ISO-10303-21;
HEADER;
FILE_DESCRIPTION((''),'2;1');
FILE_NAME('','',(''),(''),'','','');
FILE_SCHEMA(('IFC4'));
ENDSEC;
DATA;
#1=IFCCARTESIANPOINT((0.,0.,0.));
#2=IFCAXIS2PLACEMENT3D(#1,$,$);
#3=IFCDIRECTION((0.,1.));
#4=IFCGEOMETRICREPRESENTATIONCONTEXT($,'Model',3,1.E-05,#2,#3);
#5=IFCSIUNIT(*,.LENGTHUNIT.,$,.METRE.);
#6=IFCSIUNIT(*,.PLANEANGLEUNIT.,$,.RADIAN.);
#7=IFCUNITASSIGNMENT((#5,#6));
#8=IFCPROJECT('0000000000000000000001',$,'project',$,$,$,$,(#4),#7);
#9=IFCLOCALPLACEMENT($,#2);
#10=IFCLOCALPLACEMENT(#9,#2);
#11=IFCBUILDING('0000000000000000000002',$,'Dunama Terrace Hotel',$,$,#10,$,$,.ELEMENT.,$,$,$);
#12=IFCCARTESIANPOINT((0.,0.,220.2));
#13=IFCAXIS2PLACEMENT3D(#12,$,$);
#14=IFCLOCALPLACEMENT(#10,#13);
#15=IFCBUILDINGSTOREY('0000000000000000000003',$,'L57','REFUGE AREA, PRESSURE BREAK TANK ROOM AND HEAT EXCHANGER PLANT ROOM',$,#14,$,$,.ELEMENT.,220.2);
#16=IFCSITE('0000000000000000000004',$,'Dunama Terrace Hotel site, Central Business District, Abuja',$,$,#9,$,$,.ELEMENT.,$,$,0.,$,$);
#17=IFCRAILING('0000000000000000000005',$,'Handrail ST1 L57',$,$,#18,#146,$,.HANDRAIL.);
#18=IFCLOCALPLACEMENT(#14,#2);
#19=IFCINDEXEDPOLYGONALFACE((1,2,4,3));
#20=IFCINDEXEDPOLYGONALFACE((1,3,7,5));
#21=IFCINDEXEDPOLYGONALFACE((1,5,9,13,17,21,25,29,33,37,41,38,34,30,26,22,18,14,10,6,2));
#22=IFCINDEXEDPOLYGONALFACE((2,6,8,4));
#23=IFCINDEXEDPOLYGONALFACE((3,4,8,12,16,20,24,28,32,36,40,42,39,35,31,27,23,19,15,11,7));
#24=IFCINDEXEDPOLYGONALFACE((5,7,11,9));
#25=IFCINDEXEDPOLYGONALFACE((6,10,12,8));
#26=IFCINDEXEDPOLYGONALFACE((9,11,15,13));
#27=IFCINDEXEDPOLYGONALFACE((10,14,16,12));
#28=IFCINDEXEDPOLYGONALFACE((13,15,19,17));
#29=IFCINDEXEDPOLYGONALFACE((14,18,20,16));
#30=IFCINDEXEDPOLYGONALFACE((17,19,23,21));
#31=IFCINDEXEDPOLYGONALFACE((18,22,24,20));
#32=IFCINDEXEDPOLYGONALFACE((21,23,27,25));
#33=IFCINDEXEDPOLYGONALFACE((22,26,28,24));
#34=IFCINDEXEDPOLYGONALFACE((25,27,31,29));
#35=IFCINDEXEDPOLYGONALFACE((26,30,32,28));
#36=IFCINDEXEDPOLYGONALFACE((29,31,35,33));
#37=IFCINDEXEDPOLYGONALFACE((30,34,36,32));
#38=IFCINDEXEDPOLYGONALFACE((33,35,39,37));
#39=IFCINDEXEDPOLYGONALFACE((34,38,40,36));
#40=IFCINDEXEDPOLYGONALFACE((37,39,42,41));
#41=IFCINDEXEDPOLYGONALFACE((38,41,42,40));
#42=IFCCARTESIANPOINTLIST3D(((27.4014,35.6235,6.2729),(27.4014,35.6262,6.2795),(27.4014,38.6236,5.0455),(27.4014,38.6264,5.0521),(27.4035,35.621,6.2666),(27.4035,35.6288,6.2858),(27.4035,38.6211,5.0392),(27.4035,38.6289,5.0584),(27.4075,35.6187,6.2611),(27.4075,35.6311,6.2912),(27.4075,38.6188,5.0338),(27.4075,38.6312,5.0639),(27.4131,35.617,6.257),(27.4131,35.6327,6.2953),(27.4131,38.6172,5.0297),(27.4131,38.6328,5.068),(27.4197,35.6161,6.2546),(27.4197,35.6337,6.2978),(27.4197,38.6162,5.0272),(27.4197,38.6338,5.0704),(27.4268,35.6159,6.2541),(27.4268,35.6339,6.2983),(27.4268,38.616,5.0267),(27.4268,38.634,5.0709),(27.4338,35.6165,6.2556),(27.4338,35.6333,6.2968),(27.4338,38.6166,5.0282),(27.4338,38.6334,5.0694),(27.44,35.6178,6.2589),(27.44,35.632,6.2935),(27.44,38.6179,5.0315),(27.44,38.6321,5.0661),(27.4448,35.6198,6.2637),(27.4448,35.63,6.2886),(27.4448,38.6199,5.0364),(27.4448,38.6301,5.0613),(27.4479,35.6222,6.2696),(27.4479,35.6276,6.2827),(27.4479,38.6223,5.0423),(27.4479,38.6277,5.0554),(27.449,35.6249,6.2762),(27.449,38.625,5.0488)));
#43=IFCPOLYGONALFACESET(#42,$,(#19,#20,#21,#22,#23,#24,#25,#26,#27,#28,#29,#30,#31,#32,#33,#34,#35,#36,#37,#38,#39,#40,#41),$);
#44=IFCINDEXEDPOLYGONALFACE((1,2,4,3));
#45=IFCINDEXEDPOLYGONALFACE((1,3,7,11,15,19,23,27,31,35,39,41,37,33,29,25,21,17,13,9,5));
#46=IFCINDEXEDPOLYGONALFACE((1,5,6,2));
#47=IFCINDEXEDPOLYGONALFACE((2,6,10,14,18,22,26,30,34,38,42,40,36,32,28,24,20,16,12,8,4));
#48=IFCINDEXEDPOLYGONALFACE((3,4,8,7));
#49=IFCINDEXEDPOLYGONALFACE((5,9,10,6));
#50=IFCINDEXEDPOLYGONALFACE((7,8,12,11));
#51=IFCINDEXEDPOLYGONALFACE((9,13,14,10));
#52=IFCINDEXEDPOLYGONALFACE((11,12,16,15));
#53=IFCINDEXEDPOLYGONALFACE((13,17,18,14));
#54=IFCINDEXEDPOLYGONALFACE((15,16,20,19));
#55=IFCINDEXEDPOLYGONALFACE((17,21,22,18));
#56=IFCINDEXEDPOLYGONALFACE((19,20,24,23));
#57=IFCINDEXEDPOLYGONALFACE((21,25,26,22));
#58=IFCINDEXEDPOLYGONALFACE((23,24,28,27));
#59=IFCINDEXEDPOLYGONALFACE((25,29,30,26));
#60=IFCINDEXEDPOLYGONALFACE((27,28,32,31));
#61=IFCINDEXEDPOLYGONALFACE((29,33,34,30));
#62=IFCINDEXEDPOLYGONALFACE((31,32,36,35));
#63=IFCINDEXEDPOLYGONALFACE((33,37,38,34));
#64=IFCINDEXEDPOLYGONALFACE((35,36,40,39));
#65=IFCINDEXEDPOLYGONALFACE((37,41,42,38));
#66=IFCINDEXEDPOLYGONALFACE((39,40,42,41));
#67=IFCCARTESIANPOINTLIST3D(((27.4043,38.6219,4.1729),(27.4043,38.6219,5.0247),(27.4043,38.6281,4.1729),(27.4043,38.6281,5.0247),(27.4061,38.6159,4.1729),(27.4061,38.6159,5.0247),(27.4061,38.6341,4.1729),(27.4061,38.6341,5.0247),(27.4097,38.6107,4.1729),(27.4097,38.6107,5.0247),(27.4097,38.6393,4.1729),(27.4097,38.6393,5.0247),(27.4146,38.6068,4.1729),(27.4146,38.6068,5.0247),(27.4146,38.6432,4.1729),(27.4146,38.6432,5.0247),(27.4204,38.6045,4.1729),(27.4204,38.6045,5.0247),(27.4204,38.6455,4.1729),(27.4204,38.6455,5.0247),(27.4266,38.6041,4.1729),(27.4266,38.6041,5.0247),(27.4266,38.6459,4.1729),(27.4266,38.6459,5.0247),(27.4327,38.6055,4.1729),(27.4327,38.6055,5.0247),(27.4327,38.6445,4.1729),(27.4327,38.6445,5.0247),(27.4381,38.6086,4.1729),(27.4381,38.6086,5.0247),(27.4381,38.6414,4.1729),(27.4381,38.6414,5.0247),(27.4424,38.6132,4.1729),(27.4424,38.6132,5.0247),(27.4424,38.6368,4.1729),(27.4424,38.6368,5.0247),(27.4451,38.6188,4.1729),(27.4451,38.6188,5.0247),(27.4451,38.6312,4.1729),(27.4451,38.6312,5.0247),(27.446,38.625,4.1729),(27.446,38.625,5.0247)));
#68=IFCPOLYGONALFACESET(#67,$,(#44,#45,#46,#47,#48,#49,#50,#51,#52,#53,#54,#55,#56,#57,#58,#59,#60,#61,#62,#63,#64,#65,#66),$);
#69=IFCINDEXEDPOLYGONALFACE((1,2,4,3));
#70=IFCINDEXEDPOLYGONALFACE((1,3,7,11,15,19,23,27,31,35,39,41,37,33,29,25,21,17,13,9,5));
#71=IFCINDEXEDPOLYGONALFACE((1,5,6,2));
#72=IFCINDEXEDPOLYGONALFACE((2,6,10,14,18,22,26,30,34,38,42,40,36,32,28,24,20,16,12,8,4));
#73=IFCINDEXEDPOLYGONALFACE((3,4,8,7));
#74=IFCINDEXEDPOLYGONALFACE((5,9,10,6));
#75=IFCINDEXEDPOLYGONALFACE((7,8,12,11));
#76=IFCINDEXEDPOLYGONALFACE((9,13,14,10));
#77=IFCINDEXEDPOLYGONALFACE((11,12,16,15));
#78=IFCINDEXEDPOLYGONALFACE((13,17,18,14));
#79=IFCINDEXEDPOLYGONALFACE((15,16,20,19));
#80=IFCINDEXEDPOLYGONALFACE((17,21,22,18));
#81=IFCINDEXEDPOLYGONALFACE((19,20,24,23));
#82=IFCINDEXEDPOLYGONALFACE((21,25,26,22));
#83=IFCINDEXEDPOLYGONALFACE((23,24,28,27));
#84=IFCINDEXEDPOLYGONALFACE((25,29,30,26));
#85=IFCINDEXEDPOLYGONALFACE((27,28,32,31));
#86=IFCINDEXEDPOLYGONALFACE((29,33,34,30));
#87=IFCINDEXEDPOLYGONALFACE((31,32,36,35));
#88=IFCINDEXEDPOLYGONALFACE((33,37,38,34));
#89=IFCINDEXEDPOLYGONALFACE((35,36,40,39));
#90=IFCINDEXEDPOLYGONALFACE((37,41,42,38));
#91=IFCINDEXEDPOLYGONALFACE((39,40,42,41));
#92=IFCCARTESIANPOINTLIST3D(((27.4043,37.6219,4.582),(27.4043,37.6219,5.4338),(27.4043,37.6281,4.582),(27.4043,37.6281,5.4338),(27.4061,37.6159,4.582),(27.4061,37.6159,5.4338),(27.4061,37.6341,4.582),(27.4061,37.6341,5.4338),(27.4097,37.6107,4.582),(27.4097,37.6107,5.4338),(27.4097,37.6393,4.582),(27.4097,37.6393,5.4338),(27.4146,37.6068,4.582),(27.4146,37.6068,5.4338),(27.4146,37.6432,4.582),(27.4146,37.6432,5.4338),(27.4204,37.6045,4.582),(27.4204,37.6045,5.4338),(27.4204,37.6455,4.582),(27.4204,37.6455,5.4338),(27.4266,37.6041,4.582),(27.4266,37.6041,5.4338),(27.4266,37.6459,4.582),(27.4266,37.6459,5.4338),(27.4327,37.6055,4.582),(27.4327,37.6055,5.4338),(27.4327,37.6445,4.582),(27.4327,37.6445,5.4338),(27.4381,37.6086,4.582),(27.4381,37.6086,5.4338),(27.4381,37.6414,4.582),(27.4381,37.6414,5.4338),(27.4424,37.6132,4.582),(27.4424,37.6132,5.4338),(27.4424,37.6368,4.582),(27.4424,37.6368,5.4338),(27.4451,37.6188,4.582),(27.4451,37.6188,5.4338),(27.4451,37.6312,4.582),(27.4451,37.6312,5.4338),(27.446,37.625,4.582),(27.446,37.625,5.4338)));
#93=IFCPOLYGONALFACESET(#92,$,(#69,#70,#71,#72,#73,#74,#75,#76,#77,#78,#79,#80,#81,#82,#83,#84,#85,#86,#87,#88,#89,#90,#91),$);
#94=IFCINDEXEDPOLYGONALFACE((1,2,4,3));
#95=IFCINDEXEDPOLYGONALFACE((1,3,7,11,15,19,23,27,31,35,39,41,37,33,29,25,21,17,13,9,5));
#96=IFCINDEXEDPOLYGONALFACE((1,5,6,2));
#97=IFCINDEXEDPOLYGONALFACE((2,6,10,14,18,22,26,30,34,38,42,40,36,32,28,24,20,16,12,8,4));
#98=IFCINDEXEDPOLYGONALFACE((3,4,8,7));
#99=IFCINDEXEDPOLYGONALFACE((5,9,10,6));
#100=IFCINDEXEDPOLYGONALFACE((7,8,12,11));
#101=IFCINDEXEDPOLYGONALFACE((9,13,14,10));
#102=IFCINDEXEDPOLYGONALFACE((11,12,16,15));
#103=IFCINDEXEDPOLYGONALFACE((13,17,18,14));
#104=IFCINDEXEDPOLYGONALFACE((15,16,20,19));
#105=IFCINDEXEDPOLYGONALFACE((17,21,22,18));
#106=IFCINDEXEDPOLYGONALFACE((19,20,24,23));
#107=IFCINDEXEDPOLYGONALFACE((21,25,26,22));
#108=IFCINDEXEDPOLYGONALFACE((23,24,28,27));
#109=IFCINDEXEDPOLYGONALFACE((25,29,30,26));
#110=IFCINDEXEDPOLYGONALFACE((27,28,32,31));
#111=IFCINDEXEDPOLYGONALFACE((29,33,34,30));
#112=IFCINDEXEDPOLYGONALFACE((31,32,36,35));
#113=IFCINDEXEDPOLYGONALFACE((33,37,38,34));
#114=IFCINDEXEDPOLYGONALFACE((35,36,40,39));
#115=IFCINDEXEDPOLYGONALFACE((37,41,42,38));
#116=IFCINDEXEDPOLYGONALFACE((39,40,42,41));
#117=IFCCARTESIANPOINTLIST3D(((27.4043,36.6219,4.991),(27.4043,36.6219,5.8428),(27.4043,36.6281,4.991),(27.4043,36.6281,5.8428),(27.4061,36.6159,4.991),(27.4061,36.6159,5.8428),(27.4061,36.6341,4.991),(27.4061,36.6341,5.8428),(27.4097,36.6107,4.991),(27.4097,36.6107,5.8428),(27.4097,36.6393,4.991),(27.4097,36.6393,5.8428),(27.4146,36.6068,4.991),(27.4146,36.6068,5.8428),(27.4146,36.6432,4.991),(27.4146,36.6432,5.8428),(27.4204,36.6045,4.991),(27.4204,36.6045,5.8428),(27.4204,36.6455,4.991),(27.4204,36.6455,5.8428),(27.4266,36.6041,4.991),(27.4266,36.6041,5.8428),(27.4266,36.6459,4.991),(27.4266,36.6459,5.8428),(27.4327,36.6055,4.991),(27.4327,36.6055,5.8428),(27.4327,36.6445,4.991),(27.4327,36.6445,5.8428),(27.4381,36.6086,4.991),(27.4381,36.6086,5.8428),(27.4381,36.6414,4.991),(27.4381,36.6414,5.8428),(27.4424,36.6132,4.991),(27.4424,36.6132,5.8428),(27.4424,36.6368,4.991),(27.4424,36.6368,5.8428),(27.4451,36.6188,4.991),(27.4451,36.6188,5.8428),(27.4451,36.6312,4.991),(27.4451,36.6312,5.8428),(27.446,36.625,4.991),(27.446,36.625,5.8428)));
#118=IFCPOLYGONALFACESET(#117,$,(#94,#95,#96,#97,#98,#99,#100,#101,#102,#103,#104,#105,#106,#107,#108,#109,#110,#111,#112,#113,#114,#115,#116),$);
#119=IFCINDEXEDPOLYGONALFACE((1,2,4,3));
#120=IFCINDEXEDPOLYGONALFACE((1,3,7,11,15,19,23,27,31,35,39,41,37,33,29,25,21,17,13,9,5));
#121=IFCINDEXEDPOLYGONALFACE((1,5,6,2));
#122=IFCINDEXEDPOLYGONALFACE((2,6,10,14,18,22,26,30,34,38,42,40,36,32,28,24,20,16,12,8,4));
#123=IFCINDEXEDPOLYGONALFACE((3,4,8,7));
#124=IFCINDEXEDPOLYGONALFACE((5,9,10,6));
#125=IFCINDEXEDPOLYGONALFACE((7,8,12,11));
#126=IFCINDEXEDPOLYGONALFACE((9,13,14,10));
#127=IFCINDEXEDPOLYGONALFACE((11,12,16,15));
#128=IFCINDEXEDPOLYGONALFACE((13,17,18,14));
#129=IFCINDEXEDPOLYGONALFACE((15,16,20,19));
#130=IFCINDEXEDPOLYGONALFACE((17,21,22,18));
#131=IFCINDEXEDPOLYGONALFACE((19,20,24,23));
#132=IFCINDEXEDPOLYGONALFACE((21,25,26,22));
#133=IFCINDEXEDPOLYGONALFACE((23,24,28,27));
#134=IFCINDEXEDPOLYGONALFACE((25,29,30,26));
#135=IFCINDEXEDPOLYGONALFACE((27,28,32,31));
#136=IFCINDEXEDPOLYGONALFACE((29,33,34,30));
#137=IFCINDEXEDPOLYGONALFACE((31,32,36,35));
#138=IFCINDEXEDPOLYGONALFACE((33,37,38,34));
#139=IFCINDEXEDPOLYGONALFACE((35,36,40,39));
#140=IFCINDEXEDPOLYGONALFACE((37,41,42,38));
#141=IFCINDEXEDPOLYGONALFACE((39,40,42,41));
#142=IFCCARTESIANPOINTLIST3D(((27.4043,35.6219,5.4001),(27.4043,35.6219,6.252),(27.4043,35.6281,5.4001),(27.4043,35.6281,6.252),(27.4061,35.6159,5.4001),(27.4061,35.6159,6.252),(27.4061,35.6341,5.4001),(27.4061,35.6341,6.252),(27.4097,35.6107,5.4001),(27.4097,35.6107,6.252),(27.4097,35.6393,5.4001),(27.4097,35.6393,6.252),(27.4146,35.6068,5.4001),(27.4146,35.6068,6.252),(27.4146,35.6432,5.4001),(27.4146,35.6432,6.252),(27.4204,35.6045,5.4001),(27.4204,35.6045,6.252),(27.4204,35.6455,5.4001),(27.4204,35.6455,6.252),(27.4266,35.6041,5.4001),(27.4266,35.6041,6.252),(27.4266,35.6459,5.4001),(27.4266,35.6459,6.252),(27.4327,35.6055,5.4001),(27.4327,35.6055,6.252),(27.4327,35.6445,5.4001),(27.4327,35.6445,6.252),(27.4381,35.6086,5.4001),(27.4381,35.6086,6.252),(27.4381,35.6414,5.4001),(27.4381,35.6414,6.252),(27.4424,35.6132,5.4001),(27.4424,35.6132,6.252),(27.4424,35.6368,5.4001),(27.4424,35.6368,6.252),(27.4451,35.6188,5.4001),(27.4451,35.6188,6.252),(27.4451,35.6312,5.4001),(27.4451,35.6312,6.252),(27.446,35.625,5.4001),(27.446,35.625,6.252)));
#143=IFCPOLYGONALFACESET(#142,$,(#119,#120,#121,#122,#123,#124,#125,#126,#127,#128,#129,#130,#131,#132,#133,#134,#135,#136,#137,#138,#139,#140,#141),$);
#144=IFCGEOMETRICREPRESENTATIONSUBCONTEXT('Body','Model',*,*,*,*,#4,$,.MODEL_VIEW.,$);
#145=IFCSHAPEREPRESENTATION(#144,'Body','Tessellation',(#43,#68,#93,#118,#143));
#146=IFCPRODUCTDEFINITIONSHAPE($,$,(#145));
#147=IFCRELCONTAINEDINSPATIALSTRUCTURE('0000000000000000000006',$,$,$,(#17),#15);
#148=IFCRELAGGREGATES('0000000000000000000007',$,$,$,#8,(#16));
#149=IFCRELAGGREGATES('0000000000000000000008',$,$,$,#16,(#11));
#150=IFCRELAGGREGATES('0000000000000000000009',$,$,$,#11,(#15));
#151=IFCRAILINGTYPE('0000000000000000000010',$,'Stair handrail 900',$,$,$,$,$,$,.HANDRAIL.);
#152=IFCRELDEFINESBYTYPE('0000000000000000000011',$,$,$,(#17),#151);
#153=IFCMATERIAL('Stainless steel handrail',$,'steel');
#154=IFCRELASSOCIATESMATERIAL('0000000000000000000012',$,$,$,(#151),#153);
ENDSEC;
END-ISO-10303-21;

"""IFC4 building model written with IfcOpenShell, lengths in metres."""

from ifc_helpers import new_model, si_unit, direction, frame, origin, origin_2d, place, context, subcontext, project, spatial, circle, extrude, material, type_object, element, save


model = new_model("IFC4")

# Units and contexts
model_context = context("Model", 3, precision=1e-05, world=origin(), true_north=direction((0.0, 1.0)))
body_context = subcontext(model_context, "Body", "Model", "MODEL_VIEW")
ifc_project = project(units=[si_unit("LENGTHUNIT", "METRE"), si_unit("PLANEANGLEUNIT", "RADIAN")], contexts=[model_context])

# Site, building, storey
site_placement = place(None, origin())
site = spatial("IfcSite", under=ifc_project, at=site_placement, Name="Dunama Terrace Hotel site, Central Business District, Abuja", CompositionType="ELEMENT", RefElevation=0.0)
building_placement = place(site_placement, origin())
building = spatial("IfcBuilding", under=site, at=building_placement, Name="Dunama Terrace Hotel", CompositionType="ELEMENT")
storey_placement = place(building_placement, frame((0.0, 0.0, 220.2)))
storey = spatial("IfcBuildingStorey", under=building, at=storey_placement, Name="L57", Description="REFUGE AREA, PRESSURE BREAK TANK ROOM AND HEAT EXCHANGER PLANT ROOM", CompositionType="ELEMENT", Elevation=220.2)

# Railing
ifc_material_1 = material(Name="Stainless steel handrail", Category="steel")
railing_type = type_object("IfcRailingType", Name="Stair handrail 900", PredefinedType="HANDRAIL", material=ifc_material_1)
railing_1_placement = place(storey_placement, frame((27.425, 38.625, 4.1729)))
element("IfcRailing", 1, at=railing_1_placement, inside=storey, type_object=railing_type, Name="Handrail ST1 L57", PredefinedType="HANDRAIL", context=body_context, shape_type="SweptSolid", body=[
    extrude(circle(Radius=0.0239, at=origin_2d()), frame((0.0, 0.0, 0.876), z_axis=(0.0, -0.925545, 0.378639), x_axis=(1.0, 0.0, 0.0)), (0.0, 0.0, 1.0), 3.2415),
    extrude(circle(Radius=0.021, at=origin_2d()), origin(), (0.0, 0.0, 1.0), 0.8518),
    extrude(circle(Radius=0.021, at=origin_2d()), frame((0.0, -1.0, 0.4092)), (0.0, 0.0, 1.0), 0.8518),
    extrude(circle(Radius=0.021, at=origin_2d()), frame((0.0, -2.0, 0.8181)), (0.0, 0.0, 1.0), 0.8518),
    extrude(circle(Radius=0.021, at=origin_2d()), frame((0.0, -3.0, 1.2273)), (0.0, 0.0, 1.0), 0.8518),
])

save(model, "model.ifc")
